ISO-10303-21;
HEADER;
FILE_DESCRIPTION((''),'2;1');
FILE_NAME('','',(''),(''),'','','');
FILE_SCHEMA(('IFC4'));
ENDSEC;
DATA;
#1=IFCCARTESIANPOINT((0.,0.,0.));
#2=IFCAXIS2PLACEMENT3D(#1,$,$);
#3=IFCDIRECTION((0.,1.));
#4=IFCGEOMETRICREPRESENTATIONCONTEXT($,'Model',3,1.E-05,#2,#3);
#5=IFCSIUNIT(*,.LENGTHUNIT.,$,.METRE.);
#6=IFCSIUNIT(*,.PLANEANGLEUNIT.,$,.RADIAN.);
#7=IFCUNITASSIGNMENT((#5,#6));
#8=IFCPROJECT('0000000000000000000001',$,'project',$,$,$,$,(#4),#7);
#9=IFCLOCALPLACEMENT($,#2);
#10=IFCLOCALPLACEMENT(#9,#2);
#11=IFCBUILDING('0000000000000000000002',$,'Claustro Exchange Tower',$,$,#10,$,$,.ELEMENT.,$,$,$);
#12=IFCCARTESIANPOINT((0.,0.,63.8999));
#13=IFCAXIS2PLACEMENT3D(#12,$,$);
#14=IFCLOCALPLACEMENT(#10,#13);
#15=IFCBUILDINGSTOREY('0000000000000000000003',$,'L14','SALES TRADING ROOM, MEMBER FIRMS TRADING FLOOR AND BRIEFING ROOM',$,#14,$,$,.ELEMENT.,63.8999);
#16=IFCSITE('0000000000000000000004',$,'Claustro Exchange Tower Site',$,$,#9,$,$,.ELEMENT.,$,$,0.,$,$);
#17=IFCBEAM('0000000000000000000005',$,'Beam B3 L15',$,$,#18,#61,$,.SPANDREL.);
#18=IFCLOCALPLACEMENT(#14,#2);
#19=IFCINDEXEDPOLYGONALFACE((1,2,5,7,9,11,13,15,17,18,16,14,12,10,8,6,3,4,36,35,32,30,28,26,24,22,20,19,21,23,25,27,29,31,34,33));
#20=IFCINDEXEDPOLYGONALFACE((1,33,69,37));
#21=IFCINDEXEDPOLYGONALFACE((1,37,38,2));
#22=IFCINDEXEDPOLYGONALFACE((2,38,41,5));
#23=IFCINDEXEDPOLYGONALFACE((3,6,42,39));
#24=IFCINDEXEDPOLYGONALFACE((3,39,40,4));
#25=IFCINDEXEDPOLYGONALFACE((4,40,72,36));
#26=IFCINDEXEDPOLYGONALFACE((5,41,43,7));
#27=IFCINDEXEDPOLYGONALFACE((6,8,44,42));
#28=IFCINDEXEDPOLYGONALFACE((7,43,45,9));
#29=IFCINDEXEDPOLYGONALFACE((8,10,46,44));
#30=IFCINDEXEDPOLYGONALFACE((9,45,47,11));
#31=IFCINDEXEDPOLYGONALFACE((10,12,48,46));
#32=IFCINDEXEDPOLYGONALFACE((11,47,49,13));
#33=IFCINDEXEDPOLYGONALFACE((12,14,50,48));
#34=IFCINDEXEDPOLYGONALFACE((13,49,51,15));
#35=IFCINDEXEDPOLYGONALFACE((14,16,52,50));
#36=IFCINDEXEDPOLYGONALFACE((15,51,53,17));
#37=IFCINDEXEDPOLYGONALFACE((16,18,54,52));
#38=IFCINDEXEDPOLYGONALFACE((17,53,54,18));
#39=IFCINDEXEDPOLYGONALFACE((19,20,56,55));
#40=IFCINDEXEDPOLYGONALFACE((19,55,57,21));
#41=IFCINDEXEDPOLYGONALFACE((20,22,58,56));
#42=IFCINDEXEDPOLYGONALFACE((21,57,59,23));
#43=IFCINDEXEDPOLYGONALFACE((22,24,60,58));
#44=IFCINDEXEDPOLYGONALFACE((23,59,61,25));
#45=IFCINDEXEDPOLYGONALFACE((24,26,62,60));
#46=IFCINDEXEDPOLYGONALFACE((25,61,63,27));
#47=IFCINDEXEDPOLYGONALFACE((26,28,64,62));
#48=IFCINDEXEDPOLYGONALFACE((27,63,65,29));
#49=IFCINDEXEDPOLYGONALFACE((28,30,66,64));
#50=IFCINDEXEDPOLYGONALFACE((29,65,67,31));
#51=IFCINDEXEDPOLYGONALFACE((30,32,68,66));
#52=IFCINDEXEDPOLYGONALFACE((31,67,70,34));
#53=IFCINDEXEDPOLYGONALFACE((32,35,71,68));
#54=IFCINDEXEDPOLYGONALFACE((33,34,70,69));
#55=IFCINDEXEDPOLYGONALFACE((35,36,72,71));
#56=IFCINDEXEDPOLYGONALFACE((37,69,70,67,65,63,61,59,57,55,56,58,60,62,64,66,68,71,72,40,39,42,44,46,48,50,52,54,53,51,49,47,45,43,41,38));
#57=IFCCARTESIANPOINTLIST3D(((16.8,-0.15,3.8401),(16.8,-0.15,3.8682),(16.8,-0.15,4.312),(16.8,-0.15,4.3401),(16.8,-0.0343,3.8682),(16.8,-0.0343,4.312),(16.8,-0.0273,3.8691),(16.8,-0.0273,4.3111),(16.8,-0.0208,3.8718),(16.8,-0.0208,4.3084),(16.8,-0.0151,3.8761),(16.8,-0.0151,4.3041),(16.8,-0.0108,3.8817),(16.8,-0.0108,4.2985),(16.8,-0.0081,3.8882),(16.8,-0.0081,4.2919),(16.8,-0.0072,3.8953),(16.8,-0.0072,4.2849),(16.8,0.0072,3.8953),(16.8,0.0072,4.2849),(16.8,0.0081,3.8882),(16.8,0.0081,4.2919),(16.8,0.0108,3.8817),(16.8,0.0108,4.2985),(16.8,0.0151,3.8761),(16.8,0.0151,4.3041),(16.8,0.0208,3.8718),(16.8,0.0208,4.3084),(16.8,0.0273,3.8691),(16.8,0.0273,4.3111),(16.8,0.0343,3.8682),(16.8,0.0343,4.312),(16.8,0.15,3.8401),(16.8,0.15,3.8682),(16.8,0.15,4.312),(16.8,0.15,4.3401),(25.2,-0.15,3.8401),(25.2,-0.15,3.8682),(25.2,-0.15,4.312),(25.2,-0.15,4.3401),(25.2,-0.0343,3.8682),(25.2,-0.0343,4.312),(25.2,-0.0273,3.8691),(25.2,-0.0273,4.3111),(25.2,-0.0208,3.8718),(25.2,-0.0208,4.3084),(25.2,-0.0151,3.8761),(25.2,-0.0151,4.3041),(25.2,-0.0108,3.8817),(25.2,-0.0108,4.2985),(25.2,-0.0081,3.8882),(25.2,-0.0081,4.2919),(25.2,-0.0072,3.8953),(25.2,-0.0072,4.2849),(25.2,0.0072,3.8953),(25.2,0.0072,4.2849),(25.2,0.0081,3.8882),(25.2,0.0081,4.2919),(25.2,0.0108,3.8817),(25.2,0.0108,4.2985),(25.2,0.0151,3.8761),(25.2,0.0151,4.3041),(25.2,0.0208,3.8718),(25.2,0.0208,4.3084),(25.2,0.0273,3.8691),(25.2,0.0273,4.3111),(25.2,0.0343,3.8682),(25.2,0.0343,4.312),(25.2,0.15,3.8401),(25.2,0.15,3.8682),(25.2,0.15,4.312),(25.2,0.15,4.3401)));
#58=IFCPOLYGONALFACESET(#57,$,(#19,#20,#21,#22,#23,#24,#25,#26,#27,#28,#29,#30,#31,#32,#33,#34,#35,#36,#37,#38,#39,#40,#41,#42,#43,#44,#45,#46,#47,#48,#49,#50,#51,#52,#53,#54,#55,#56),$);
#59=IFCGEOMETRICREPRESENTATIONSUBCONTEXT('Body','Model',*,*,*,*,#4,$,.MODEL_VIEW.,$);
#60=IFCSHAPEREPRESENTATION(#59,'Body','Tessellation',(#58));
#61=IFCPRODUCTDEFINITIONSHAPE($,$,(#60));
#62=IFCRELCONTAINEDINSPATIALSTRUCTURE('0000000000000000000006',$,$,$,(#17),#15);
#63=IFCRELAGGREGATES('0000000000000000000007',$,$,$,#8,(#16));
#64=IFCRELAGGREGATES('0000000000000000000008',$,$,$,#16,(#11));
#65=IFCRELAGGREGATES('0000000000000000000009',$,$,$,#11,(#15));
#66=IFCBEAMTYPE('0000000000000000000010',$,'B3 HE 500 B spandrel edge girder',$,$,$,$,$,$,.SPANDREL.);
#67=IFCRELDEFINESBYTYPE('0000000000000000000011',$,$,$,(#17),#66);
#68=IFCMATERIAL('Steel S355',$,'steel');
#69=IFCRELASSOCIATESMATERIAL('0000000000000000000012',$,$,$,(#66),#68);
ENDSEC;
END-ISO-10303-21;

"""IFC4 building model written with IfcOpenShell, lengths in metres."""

from ifc_helpers import new_model, si_unit, direction, frame, origin, origin_2d, place, context, subcontext, project, spatial, i_section, extrude, material, material_profile, profile_set, type_object, element, save


model = new_model("IFC4")

# Units and contexts
model_context = context("Model", 3, precision=1e-05, world=origin(), true_north=direction((0.0, 1.0)))
body_context = subcontext(model_context, "Body", "Model", "MODEL_VIEW")
ifc_project = project(units=[si_unit("LENGTHUNIT", "METRE"), si_unit("PLANEANGLEUNIT", "RADIAN")], contexts=[model_context])

# Site, building, storey
site_placement = place(None, origin())
site = spatial("IfcSite", under=ifc_project, at=site_placement, Name="Claustro Exchange Tower Site", CompositionType="ELEMENT", RefElevation=0.0)
building_placement = place(site_placement, origin())
building = spatial("IfcBuilding", under=site, at=building_placement, Name="Claustro Exchange Tower", CompositionType="ELEMENT")
storey_placement = place(building_placement, frame((0.0, 0.0, 63.8999)))
storey = spatial("IfcBuildingStorey", under=building, at=storey_placement, Name="L14", Description="SALES TRADING ROOM, MEMBER FIRMS TRADING FLOOR AND BRIEFING ROOM", CompositionType="ELEMENT", Elevation=63.8999)

# Beam
ifc_material_1 = material(Name="Steel S355", Category="steel")
ifc_material_profile_1 = material_profile(ifc_material_1, i_section(OverallWidth=0.3, OverallDepth=0.5, WebThickness=0.0144, FlangeThickness=0.0281, FilletRadius=0.0271, at=origin_2d()), Name="HE 500 B")
ifc_profile_set_1 = profile_set([ifc_material_profile_1], Name="Steel S355")
beam_type_1 = type_object("IfcBeamType", Name="B3 HE 500 B spandrel edge girder", PredefinedType="SPANDREL", material=ifc_profile_set_1)
beam_1_placement = place(storey_placement, frame((16.8, 0.0, 4.0901), z_axis=(1.0, 0.0, 0.0), x_axis=(0.0, 1.0, 0.0)))
element("IfcBeam", 1, at=beam_1_placement, inside=storey, type_object=beam_type_1, Name="Beam B3 L15", PredefinedType="SPANDREL", context=body_context, shape_type="SweptSolid", body=[
    extrude(i_section(OverallWidth=0.3, OverallDepth=0.5, WebThickness=0.0144, FlangeThickness=0.0281, FilletRadius=0.0271, at=origin_2d()), origin(), (0.0, 0.0, 1.0), 8.3999),
])

save(model, "model.ifc")
